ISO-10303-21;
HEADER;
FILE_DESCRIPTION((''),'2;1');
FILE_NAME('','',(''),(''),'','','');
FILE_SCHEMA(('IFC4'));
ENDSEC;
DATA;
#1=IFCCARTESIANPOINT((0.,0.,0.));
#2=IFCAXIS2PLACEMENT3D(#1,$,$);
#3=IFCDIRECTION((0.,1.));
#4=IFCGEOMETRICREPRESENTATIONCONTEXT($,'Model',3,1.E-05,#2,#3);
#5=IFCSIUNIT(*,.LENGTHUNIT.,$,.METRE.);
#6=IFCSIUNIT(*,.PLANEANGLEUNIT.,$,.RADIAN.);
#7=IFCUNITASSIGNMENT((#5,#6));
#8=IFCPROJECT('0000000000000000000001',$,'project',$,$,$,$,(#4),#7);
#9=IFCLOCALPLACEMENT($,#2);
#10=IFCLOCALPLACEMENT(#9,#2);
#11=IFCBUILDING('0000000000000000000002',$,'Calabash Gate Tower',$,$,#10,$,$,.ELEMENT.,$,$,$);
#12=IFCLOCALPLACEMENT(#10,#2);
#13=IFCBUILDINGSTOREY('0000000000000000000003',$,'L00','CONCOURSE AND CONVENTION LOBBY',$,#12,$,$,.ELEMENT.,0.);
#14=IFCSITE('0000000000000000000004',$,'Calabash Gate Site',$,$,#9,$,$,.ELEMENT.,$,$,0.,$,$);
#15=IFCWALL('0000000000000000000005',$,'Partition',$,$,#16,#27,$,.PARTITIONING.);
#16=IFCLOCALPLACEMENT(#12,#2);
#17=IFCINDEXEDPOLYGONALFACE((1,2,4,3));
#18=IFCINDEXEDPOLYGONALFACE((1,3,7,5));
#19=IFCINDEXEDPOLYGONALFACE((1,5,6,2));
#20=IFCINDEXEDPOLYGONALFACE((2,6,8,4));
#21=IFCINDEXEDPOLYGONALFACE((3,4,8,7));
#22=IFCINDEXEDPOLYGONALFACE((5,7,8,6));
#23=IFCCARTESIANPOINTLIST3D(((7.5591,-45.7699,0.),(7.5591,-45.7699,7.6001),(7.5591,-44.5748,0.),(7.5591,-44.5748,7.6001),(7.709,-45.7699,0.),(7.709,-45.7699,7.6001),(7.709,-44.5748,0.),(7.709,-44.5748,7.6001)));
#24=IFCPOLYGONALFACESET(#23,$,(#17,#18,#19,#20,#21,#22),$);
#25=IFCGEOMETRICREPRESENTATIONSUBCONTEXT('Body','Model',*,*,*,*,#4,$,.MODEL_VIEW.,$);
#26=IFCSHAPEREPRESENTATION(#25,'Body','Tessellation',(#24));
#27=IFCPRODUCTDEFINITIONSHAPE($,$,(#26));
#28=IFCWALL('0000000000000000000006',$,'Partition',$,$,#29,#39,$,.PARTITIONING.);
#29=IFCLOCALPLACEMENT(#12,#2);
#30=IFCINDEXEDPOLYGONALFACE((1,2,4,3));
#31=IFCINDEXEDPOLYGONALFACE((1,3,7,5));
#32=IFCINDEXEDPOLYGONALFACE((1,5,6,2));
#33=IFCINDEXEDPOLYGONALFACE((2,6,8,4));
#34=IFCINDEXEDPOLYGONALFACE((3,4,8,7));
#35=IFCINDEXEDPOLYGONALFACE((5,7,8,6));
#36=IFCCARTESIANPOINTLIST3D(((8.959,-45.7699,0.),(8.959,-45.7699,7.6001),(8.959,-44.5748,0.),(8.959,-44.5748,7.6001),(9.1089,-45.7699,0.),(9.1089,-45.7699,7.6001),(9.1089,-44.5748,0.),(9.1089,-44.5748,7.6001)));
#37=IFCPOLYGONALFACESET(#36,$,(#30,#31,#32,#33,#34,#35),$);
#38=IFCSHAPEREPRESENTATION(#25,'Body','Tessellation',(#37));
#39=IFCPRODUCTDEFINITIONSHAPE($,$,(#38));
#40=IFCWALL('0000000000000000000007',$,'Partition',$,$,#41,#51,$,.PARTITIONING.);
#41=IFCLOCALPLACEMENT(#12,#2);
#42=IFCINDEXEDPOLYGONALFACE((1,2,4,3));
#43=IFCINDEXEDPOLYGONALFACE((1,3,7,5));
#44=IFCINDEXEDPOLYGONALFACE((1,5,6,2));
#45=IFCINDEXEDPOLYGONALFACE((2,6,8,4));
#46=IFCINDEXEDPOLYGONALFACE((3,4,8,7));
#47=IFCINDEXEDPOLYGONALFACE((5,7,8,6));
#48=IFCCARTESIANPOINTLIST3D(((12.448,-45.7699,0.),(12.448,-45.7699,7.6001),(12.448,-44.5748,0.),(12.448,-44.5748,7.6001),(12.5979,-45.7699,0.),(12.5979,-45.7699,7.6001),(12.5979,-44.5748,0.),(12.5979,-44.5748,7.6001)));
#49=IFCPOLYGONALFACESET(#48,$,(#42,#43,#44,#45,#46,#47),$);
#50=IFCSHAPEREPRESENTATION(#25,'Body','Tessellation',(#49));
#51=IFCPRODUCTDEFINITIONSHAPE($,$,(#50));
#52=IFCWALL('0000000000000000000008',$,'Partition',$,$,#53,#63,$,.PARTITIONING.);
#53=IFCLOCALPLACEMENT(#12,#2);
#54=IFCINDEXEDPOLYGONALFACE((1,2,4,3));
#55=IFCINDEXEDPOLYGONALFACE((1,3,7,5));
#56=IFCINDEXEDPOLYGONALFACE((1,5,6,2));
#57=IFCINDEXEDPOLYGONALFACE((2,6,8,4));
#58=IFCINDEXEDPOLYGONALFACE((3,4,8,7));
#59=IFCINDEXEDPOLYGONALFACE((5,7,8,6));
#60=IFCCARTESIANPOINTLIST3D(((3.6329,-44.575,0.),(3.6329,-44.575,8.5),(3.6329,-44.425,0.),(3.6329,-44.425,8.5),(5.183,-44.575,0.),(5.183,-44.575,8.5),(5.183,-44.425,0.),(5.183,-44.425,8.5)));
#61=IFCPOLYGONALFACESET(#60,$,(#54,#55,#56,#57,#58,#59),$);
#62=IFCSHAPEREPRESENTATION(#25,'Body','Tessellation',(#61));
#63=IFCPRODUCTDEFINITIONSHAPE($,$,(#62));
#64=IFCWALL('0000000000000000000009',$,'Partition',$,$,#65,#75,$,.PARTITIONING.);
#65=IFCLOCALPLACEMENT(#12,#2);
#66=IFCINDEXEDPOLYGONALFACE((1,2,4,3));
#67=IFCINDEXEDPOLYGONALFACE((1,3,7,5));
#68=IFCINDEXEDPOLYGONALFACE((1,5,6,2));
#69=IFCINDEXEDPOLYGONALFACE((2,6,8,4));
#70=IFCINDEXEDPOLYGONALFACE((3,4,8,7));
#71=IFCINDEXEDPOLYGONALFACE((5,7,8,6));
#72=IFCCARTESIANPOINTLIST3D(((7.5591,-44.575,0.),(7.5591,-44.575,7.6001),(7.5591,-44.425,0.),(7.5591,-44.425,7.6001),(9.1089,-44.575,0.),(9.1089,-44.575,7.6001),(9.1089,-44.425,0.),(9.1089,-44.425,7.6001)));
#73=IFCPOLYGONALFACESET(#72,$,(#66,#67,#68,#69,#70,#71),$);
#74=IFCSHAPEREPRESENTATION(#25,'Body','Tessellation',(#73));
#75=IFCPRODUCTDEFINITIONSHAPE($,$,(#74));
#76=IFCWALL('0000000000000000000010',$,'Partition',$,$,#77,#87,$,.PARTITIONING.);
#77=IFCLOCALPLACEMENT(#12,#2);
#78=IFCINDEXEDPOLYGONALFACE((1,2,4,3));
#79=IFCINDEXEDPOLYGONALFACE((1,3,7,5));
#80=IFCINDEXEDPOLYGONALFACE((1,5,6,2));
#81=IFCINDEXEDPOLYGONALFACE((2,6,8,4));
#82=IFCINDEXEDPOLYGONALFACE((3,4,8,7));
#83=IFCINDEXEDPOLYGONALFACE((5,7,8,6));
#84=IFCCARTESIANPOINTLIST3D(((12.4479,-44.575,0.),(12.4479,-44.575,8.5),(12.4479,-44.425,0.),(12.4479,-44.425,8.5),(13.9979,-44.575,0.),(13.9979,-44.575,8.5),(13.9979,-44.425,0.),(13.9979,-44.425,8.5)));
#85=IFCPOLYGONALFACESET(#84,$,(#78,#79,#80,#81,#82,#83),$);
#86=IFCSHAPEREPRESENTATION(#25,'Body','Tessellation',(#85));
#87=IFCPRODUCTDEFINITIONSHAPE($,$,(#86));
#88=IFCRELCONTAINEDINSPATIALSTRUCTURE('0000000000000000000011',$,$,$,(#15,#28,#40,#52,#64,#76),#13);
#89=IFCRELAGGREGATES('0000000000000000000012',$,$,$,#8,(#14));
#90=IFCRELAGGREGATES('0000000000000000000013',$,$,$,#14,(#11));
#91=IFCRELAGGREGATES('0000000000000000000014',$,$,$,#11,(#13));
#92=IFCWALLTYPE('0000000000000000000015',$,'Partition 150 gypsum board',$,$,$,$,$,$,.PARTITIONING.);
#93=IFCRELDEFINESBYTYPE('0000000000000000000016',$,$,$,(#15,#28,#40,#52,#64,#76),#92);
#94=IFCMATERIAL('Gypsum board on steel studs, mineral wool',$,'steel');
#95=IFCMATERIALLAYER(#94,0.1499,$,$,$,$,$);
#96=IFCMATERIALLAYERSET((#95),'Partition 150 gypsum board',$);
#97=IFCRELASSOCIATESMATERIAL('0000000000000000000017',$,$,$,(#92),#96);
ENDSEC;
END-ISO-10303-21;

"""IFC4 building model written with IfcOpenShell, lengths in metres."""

from ifc_helpers import new_model, si_unit, direction, frame, frame_2d, origin, place, context, subcontext, project, spatial, rectangle, extrude, material, layer, layer_set, type_object, element, save


model = new_model("IFC4")

# Units and contexts
model_context = context("Model", 3, precision=1e-05, world=origin(), true_north=direction((0.0, 1.0)))
body_context = subcontext(model_context, "Body", "Model", "MODEL_VIEW")
ifc_project = project(units=[si_unit("LENGTHUNIT", "METRE"), si_unit("PLANEANGLEUNIT", "RADIAN")], contexts=[model_context])

# Site, building, storey
site_placement = place(None, origin())
site = spatial("IfcSite", under=ifc_project, at=site_placement, Name="Calabash Gate Site", CompositionType="ELEMENT", RefElevation=0.0)
building_placement = place(site_placement, origin())
building = spatial("IfcBuilding", under=site, at=building_placement, Name="Calabash Gate Tower", CompositionType="ELEMENT")
storey_placement = place(building_placement, origin())
storey = spatial("IfcBuildingStorey", under=building, at=storey_placement, Name="L00", Description="CONCOURSE AND CONVENTION LOBBY", CompositionType="ELEMENT", Elevation=0.0)

# Walls
ifc_material_1 = material(Name="Gypsum board on steel studs, mineral wool", Category="steel")
ifc_layer = layer(ifc_material_1, 0.1499)
ifc_layer_set = layer_set([ifc_layer], Name="Partition 150 gypsum board")
wall_type = type_object("IfcWallType", Name="Partition 150 gypsum board", PredefinedType="PARTITIONING", material=ifc_layer_set)
for number, where, z_axis, x_axis, name in (
    (1, (7.634, -45.77, 0.0), (0.0, 0.0, 1.0), (0.0, 1.0, 0.0), "Partition"),
    (2, (9.0339, -45.77, 0.0), (0.0, 0.0, 1.0), (0.0, 1.0, 0.0), "Partition"),
    (3, (12.5229, -45.77, 0.0), (0.0, 0.0, 1.0), (0.0, 1.0, 0.0), "Partition"),
):
    element("IfcWall", number, at=place(storey_placement, frame(where, z_axis=z_axis, x_axis=x_axis)), inside=storey, type_object=wall_type, Name=name, PredefinedType="PARTITIONING", context=body_context, shape_type="SweptSolid", body=[
        extrude(rectangle(XDim=1.1951, YDim=0.1499, at=frame_2d((0.5977, 0.0))), origin(), (0.0, 0.0, 1.0), 7.6001),
    ])
wall_1_placement = place(storey_placement, frame((3.6331, -44.5, 0.0), z_axis=(0.0, 0.0, 1.0), x_axis=(1.0, 0.0, 0.0)))
element("IfcWall", 4, at=wall_1_placement, inside=storey, type_object=wall_type, Name="Partition", PredefinedType="PARTITIONING", context=body_context, shape_type="SweptSolid", body=[
    extrude(rectangle(XDim=1.55, YDim=0.1499, at=frame_2d((0.7749, 0.0))), origin(), (0.0, 0.0, 1.0), 8.5),
])
wall_2_placement = place(storey_placement, frame((7.5591, -44.5, 0.0), z_axis=(0.0, 0.0, 1.0), x_axis=(1.0, 0.0, 0.0)))
element("IfcWall", 5, at=wall_2_placement, inside=storey, type_object=wall_type, Name="Partition", PredefinedType="PARTITIONING", context=body_context, shape_type="SweptSolid", body=[
    extrude(rectangle(XDim=1.5498, YDim=0.1499, at=frame_2d((0.7749, 0.0))), origin(), (0.0, 0.0, 1.0), 7.6001),
])
wall_3_placement = place(storey_placement, frame((12.448, -44.5, 0.0), z_axis=(0.0, 0.0, 1.0), x_axis=(1.0, 0.0, 0.0)))
element("IfcWall", 6, at=wall_3_placement, inside=storey, type_object=wall_type, Name="Partition", PredefinedType="PARTITIONING", context=body_context, shape_type="SweptSolid", body=[
    extrude(rectangle(XDim=1.55, YDim=0.1499, at=frame_2d((0.7749, 0.0))), origin(), (0.0, 0.0, 1.0), 8.5),
])

save(model, "model.ifc")
